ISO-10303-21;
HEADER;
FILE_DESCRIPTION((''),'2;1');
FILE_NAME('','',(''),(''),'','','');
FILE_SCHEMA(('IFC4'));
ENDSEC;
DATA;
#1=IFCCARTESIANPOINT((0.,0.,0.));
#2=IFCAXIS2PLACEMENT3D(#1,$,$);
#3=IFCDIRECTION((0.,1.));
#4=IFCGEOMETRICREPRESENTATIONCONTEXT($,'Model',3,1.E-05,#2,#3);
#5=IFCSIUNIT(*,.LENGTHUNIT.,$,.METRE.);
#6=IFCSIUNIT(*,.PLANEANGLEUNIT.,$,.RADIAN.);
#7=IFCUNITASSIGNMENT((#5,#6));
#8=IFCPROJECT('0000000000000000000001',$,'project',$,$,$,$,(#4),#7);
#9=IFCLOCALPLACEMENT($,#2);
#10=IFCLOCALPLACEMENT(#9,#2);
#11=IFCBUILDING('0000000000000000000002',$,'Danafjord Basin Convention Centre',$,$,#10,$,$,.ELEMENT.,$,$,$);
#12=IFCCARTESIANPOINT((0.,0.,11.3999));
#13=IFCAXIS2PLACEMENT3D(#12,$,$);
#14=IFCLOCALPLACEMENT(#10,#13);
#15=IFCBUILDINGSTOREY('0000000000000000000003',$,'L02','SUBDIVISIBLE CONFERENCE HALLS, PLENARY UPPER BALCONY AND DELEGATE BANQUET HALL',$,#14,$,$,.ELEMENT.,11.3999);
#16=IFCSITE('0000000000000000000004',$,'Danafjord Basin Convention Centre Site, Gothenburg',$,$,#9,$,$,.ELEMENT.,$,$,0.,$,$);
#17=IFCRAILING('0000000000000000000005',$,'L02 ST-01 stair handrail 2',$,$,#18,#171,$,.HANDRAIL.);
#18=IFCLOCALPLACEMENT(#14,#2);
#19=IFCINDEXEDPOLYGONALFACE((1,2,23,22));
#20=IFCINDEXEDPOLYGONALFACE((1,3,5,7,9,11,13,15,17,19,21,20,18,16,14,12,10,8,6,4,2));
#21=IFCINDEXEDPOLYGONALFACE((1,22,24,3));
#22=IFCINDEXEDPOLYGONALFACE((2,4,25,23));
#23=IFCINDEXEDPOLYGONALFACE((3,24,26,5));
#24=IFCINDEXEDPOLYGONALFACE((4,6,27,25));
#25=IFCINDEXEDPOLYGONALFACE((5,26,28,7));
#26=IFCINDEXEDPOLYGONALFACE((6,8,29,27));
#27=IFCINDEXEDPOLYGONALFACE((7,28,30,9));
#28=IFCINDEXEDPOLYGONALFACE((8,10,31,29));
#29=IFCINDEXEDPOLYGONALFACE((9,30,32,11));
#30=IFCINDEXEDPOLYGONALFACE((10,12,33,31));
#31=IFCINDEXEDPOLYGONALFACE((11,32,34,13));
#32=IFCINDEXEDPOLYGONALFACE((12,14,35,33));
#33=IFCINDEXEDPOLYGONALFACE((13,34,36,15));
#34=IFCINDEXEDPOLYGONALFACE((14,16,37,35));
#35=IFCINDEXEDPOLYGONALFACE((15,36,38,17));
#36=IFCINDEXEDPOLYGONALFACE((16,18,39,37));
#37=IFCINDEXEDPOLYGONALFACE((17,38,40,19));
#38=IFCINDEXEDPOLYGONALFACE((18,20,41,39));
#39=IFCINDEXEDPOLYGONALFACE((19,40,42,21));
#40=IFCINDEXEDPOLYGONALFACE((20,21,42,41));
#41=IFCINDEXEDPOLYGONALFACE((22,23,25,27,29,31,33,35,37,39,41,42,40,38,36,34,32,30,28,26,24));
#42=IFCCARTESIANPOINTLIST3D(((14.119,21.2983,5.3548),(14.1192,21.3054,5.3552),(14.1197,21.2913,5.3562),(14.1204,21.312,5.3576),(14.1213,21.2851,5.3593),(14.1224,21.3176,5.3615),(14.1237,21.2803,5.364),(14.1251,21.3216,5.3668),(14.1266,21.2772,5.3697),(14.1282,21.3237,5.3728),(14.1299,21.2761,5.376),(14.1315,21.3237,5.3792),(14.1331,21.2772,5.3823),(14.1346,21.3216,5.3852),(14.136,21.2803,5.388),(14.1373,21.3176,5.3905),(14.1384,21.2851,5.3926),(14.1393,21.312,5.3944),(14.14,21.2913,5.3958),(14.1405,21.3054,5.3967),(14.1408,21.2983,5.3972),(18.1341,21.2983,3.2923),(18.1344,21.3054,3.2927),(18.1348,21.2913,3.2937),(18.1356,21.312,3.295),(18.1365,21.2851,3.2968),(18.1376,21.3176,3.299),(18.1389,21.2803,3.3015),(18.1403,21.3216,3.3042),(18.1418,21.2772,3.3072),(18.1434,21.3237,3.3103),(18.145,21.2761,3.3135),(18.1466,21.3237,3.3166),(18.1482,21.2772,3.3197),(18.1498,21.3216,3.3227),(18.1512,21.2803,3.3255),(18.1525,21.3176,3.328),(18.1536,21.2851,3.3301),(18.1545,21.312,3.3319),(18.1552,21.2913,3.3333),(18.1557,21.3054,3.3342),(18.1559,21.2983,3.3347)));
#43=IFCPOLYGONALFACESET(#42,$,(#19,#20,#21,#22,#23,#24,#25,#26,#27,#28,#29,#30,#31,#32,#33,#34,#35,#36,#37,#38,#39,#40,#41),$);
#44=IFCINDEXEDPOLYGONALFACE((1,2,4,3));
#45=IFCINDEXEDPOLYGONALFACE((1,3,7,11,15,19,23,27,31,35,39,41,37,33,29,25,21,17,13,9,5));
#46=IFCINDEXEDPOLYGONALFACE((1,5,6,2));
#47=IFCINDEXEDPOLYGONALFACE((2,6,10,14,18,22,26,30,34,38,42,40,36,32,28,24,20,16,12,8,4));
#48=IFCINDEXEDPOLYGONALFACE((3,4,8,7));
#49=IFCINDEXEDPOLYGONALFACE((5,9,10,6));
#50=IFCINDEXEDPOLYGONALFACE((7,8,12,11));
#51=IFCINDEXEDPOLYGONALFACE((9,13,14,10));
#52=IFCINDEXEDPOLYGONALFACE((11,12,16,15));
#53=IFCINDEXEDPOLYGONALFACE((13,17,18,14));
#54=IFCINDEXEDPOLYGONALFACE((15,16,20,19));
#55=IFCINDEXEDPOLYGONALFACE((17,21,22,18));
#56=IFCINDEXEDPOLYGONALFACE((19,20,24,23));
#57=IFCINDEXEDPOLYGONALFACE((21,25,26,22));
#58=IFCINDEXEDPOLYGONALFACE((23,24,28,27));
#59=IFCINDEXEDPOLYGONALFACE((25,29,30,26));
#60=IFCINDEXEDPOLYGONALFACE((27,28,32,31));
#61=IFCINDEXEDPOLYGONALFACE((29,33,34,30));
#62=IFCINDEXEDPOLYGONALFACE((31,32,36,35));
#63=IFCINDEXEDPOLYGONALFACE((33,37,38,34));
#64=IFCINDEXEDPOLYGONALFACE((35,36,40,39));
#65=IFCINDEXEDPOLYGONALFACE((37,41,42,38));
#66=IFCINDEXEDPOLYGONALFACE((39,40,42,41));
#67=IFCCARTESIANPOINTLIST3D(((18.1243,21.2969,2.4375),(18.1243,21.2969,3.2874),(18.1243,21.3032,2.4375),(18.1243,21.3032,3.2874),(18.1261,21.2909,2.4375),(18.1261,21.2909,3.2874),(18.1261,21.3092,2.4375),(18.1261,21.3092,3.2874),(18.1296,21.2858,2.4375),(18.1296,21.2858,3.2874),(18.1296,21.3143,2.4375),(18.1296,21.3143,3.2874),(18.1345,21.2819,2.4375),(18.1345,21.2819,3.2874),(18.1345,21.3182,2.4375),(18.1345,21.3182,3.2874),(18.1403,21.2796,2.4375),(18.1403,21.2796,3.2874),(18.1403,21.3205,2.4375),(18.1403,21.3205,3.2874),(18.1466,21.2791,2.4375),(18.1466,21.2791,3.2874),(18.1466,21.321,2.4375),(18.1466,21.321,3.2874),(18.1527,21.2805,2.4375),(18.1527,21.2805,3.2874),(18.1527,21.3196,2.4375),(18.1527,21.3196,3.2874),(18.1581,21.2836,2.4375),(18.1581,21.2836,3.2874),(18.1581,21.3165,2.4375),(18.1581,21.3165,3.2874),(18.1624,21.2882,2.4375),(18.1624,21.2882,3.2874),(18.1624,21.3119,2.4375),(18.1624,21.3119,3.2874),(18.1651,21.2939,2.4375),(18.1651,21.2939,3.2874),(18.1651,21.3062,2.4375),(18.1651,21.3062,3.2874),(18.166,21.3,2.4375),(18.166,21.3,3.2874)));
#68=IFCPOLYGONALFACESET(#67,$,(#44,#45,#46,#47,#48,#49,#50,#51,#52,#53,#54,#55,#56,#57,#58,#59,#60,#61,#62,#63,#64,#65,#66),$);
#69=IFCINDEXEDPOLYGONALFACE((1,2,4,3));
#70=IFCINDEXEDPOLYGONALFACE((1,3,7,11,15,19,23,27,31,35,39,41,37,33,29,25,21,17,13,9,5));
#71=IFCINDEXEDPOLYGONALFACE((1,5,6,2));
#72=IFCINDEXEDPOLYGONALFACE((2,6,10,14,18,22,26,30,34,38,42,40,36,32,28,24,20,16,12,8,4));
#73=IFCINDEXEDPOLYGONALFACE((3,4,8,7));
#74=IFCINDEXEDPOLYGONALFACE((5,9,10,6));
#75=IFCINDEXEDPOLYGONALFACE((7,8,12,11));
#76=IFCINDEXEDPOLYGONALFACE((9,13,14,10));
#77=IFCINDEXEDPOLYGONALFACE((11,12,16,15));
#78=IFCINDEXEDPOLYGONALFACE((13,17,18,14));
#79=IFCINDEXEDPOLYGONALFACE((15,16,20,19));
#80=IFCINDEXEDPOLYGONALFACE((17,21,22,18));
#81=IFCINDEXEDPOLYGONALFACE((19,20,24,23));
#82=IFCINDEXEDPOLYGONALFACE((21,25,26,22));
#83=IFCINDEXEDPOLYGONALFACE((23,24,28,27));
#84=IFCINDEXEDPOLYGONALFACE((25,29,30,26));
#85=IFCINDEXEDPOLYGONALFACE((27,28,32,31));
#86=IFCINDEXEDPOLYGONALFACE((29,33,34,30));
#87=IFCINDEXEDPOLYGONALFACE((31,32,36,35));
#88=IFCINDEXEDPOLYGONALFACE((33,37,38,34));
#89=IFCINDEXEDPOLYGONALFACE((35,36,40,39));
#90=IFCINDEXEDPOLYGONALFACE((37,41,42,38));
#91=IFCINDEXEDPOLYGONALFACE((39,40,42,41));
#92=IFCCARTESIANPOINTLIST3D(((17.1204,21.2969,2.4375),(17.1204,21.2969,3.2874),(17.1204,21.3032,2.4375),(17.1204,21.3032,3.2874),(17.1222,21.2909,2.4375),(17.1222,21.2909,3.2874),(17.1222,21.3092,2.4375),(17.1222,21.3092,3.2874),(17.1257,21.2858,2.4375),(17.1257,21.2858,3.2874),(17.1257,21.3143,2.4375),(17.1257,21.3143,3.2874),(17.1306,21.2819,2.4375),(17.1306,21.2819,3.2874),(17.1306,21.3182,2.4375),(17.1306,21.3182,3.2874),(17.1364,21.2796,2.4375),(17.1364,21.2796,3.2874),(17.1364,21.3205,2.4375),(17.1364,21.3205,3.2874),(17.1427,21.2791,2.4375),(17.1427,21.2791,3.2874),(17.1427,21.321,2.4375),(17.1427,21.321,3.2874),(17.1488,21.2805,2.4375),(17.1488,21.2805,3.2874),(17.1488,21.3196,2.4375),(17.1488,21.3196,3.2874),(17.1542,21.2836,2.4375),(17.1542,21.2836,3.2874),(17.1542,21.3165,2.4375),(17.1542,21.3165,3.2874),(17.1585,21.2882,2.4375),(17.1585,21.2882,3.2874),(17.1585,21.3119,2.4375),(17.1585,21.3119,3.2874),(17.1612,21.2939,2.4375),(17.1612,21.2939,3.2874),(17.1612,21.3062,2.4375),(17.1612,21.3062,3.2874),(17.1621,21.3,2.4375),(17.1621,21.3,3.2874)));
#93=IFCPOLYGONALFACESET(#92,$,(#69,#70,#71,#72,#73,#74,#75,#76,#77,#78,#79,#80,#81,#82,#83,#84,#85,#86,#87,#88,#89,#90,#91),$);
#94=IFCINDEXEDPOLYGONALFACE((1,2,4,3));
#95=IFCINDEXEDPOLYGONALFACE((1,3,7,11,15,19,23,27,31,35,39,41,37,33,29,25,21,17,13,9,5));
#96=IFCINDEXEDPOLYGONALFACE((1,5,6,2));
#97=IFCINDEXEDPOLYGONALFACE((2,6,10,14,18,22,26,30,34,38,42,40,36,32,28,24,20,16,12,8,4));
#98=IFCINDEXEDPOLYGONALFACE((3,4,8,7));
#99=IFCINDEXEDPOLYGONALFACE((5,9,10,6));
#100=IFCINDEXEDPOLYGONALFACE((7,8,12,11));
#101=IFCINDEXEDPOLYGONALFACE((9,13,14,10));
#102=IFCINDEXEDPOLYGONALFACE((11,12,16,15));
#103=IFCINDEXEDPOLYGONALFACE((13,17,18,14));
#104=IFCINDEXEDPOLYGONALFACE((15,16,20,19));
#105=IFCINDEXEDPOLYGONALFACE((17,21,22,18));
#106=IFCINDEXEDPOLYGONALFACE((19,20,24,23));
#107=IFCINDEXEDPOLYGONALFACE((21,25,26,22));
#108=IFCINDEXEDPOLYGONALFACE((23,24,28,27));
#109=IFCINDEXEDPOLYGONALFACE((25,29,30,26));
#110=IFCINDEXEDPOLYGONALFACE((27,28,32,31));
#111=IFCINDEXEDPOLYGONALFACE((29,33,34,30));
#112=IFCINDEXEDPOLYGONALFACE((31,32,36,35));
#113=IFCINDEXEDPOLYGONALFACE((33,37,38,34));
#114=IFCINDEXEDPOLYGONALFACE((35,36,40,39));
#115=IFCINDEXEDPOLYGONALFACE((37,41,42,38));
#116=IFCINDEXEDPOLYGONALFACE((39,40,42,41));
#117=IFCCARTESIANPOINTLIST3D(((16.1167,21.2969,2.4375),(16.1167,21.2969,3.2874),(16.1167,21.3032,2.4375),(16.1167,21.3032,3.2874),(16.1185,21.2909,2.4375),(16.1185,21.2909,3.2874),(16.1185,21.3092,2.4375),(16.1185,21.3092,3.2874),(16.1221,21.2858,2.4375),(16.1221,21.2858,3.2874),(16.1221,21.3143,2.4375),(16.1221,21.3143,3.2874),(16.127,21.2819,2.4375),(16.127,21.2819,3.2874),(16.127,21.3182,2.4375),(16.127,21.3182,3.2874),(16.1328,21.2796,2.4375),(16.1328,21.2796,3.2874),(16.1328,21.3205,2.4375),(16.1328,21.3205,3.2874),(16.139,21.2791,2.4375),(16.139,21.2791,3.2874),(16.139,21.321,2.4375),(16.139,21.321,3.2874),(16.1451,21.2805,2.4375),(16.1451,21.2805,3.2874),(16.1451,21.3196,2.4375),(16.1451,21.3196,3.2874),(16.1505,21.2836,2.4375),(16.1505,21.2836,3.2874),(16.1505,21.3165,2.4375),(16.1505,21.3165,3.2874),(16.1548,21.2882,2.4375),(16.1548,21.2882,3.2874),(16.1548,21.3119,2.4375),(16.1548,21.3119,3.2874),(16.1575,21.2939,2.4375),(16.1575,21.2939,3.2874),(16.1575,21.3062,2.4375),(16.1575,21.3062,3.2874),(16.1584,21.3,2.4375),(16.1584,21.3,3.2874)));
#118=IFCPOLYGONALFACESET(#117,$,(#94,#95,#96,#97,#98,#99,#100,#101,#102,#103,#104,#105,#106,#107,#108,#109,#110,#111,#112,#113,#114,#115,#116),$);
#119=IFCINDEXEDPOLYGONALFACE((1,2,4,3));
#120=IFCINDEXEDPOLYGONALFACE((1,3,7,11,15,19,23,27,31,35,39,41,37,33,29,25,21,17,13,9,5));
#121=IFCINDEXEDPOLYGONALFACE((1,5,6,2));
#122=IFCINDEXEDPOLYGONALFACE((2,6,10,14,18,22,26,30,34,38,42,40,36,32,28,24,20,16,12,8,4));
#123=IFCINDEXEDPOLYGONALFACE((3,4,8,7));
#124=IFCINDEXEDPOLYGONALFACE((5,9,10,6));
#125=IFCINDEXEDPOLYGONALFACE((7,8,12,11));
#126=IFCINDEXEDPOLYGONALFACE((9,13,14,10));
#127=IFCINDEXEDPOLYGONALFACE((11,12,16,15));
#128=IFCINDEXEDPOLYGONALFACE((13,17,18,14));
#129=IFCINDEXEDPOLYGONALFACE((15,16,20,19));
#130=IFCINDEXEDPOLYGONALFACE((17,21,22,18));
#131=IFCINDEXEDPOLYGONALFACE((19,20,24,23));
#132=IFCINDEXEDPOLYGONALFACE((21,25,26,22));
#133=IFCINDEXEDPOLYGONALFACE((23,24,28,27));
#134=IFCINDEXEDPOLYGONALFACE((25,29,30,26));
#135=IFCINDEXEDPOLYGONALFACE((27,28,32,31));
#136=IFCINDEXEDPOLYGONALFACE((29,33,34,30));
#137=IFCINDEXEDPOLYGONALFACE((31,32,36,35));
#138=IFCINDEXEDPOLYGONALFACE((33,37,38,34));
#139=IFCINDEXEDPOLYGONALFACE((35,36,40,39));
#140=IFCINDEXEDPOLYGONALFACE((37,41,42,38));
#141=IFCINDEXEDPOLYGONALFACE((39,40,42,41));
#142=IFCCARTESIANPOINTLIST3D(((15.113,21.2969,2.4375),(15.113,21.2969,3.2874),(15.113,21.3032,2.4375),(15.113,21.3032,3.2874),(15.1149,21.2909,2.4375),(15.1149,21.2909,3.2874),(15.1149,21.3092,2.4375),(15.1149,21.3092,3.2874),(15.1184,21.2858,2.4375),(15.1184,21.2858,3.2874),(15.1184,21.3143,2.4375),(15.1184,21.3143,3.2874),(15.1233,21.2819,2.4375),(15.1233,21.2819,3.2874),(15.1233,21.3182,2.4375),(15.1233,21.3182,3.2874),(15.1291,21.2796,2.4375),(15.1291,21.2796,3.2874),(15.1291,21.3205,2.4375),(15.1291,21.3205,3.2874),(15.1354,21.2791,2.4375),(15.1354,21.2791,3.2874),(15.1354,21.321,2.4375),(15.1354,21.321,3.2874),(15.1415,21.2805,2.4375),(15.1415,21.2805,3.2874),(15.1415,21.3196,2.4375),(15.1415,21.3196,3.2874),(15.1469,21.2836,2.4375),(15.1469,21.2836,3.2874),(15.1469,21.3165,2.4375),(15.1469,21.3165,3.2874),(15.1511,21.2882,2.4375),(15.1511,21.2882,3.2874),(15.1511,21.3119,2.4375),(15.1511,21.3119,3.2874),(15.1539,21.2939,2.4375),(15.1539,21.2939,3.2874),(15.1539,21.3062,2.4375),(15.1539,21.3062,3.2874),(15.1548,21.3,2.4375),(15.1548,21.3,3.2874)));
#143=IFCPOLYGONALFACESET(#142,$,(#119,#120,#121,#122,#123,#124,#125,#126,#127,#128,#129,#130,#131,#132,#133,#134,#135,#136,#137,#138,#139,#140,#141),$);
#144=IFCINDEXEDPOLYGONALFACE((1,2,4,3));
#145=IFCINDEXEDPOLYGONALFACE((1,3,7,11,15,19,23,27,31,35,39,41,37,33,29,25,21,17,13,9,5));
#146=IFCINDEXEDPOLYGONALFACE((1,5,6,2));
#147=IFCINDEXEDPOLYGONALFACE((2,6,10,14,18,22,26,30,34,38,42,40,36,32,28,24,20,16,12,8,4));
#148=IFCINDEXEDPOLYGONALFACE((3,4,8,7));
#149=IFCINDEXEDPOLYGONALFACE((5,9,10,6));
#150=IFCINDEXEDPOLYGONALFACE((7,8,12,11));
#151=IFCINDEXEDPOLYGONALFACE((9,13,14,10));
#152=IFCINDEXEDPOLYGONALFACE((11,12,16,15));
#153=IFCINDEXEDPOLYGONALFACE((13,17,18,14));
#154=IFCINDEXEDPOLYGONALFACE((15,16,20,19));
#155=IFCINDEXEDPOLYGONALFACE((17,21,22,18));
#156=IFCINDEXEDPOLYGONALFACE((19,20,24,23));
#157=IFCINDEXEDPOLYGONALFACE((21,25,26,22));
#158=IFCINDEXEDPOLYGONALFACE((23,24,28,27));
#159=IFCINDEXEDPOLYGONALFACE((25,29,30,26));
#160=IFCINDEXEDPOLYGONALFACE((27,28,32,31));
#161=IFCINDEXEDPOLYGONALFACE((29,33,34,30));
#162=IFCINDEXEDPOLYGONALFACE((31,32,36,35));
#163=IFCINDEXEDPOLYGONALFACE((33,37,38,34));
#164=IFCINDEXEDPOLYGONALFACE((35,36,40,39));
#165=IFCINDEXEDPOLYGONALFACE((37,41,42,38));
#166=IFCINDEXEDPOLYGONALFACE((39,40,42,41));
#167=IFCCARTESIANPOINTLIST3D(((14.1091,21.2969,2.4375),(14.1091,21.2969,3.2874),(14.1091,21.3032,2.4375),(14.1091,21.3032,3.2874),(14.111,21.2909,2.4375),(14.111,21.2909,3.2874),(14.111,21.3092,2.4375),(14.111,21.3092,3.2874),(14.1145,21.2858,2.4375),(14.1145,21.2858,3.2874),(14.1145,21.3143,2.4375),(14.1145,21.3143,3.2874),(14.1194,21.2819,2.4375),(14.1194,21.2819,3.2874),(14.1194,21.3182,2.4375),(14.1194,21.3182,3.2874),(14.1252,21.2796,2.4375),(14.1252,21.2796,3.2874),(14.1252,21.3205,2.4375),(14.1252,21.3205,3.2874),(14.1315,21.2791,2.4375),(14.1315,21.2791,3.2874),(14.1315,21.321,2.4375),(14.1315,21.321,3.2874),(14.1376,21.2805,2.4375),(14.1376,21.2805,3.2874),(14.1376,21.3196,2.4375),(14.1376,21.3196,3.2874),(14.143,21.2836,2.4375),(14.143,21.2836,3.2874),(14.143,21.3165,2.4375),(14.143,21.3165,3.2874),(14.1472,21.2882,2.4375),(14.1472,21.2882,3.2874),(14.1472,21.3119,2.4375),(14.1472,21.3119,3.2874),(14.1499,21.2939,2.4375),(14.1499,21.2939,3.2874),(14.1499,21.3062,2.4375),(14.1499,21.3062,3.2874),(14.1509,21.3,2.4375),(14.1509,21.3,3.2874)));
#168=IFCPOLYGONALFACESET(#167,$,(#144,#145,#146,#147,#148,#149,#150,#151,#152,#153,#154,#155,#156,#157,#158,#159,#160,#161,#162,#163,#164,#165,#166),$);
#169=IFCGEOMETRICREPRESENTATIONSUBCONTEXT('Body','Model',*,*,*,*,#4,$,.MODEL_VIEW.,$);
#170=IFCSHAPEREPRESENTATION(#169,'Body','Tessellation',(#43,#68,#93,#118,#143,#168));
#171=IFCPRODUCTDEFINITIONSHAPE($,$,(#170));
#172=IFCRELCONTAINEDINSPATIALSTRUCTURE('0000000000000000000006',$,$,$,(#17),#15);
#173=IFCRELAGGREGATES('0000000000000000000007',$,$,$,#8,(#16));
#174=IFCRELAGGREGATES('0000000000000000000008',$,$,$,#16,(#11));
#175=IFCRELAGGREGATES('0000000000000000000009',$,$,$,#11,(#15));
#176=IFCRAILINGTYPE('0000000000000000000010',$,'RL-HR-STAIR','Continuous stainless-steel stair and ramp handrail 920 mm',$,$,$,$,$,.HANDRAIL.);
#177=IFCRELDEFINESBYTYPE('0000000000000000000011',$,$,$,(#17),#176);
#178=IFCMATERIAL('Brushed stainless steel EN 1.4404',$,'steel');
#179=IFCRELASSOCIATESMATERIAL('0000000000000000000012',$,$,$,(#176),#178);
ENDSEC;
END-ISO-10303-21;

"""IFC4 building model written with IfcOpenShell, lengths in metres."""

from ifc_helpers import new_model, si_unit, direction, frame, origin, origin_2d, place, context, subcontext, project, spatial, circle, extrude, material, type_object, element, save


model = new_model("IFC4")

# Units and contexts
model_context = context("Model", 3, precision=1e-05, world=origin(), true_north=direction((0.0, 1.0)))
body_context = subcontext(model_context, "Body", "Model", "MODEL_VIEW")
ifc_project = project(units=[si_unit("LENGTHUNIT", "METRE"), si_unit("PLANEANGLEUNIT", "RADIAN")], contexts=[model_context])

# Site, building, storey
site_placement = place(None, origin())
site = spatial("IfcSite", under=ifc_project, at=site_placement, Name="Danafjord Basin Convention Centre Site, Gothenburg", CompositionType="ELEMENT", RefElevation=0.0)
building_placement = place(site_placement, origin())
building = spatial("IfcBuilding", under=site, at=building_placement, Name="Danafjord Basin Convention Centre", CompositionType="ELEMENT")
storey_placement = place(building_placement, frame((0.0, 0.0, 11.3999)))
storey = spatial("IfcBuildingStorey", under=building, at=storey_placement, Name="L02", Description="SUBDIVISIBLE CONFERENCE HALLS, PLENARY UPPER BALCONY AND DELEGATE BANQUET HALL", CompositionType="ELEMENT", Elevation=11.3999)

# Railing
ifc_material_1 = material(Name="Brushed stainless steel EN 1.4404", Category="steel")
railing_type_1 = type_object("IfcRailingType", Name="RL-HR-STAIR", Description="Continuous stainless-steel stair and ramp handrail 920 mm", PredefinedType="HANDRAIL", material=ifc_material_1)
railing_1_placement = place(storey_placement, frame((18.145, 21.3, 2.4375)))
element("IfcRailing", 1, at=railing_1_placement, inside=storey, type_object=railing_type_1, Name="L02 ST-01 stair handrail 2", PredefinedType="HANDRAIL", context=body_context, shape_type="SweptSolid", body=[
    extrude(circle(Radius=0.0239, at=origin_2d()), frame((0.0, 0.0, 0.876), z_axis=(-0.889506, 0.0, 0.456923), x_axis=(0.0, -1.0, 0.0)), (0.0, 0.0, 1.0), 4.5139),
    extrude(circle(Radius=0.021, at=origin_2d()), origin(), (0.0, 0.0, 1.0), 0.8499),
    extrude(circle(Radius=0.021, at=origin_2d()), frame((-1.0039, 0.0, 0.0)), (0.0, 0.0, 1.0), 0.8499),
    extrude(circle(Radius=0.021, at=origin_2d()), frame((-2.0076, 0.0, 0.0)), (0.0, 0.0, 1.0), 0.8499),
    extrude(circle(Radius=0.021, at=origin_2d()), frame((-3.0112, 0.0, 0.0)), (0.0, 0.0, 1.0), 0.8499),
    extrude(circle(Radius=0.021, at=origin_2d()), frame((-4.0151, 0.0, 0.0)), (0.0, 0.0, 1.0), 0.8499),
])

save(model, "model.ifc")
